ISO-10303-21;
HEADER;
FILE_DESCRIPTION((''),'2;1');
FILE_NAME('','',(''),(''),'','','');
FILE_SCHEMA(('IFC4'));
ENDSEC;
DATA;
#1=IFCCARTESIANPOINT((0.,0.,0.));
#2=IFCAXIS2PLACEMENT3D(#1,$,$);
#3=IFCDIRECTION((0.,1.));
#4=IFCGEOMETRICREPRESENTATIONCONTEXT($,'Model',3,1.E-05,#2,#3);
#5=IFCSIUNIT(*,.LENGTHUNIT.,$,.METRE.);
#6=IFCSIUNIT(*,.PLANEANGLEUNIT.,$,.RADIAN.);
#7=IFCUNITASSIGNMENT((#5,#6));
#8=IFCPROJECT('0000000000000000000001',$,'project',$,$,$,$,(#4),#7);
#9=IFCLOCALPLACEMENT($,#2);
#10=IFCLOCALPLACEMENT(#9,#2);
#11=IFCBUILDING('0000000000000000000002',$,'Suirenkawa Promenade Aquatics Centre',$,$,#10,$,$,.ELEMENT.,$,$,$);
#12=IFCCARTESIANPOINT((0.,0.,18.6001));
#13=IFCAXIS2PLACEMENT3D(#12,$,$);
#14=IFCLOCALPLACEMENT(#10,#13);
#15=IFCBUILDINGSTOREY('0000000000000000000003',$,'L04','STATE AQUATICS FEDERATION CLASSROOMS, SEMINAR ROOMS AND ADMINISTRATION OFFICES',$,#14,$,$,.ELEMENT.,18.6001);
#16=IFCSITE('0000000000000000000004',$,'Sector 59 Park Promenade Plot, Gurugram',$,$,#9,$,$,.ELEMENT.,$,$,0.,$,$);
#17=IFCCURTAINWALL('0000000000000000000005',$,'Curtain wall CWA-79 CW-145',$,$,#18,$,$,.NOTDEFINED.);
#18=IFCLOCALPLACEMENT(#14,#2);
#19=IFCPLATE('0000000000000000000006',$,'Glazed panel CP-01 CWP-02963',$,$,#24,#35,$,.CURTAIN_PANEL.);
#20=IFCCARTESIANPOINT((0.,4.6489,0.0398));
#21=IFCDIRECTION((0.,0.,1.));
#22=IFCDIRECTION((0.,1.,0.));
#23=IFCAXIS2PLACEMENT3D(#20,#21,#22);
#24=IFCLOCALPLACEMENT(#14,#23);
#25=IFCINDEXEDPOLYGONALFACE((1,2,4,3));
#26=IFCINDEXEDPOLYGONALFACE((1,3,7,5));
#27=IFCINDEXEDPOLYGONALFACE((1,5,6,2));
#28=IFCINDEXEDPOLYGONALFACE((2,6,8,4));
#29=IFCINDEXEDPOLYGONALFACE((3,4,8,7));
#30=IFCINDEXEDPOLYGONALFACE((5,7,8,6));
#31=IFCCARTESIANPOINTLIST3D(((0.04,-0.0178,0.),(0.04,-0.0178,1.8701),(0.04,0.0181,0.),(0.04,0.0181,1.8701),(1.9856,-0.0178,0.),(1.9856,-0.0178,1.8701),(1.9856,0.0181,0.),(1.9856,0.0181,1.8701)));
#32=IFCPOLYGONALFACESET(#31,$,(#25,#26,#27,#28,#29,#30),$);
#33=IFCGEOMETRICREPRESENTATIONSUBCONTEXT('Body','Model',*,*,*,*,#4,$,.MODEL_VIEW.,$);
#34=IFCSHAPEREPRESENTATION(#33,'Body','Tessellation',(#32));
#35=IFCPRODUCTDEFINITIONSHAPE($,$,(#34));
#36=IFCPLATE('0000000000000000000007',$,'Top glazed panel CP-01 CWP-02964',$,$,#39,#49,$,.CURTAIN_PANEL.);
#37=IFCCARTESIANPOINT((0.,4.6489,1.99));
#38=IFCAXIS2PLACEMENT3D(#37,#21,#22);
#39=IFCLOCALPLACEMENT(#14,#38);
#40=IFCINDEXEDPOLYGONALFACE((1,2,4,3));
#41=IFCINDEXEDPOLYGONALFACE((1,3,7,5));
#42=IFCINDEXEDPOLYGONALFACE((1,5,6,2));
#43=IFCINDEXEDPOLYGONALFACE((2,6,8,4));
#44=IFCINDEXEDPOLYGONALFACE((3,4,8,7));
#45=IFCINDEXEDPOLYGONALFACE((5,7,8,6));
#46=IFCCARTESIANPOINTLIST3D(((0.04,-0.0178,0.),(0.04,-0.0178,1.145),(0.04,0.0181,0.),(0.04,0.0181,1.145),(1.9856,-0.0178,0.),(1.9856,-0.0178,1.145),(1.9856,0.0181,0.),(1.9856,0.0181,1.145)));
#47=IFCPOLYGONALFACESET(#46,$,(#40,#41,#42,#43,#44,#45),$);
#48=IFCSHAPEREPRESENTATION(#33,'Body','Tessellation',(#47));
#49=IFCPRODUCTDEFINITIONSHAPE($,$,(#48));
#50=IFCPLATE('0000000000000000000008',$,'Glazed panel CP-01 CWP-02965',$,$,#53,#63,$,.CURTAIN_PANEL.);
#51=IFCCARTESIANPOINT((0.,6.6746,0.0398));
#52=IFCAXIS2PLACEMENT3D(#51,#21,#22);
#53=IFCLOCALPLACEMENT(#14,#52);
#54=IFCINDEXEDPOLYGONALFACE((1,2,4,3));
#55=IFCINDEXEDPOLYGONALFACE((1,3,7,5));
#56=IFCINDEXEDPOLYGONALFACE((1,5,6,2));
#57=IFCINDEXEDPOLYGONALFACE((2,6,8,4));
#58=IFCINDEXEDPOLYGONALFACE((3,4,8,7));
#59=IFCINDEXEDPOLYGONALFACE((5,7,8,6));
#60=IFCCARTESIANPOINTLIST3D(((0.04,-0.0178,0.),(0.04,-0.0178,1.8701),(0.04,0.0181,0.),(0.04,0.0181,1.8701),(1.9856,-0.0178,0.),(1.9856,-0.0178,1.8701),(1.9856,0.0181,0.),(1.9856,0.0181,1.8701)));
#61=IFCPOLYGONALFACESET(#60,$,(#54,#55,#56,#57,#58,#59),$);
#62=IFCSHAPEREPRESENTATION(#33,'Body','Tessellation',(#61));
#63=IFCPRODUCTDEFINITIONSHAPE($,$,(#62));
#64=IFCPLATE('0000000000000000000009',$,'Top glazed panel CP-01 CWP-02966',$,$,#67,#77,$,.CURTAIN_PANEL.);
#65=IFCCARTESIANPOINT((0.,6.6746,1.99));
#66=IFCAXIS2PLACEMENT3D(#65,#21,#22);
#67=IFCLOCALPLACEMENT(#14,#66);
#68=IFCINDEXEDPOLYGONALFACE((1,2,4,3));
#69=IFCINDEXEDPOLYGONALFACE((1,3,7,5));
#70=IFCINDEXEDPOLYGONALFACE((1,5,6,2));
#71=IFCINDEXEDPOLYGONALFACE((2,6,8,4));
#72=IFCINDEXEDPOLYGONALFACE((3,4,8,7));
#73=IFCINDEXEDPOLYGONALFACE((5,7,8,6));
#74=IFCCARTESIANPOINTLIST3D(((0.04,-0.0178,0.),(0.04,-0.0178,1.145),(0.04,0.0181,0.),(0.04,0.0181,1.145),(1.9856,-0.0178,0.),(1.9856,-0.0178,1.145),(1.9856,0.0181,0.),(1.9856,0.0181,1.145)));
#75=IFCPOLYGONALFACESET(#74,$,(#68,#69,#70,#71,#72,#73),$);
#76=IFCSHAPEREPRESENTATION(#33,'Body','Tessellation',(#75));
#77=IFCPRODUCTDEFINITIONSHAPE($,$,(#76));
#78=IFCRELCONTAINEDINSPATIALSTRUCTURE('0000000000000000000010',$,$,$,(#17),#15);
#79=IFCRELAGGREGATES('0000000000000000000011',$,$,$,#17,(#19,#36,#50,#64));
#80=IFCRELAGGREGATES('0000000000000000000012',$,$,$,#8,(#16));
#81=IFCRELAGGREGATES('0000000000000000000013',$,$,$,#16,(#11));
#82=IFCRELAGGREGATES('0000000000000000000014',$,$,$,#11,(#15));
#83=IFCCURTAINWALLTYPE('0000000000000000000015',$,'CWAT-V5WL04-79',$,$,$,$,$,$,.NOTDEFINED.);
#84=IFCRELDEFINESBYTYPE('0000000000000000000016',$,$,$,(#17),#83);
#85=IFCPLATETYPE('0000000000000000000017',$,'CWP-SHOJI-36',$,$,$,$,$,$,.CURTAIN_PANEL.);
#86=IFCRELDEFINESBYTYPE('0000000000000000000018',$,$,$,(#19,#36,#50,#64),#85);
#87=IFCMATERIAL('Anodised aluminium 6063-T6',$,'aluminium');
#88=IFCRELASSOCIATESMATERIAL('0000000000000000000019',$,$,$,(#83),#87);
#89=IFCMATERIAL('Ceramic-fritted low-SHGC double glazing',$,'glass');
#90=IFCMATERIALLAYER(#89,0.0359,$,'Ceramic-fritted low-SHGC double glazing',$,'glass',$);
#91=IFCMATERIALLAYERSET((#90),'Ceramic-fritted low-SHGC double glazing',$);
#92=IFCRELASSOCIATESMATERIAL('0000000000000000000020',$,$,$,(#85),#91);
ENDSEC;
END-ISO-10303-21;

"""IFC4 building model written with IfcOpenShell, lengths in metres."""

from ifc_helpers import new_model, si_unit, direction, frame, origin, place, context, subcontext, project, spatial, polyline, outline, extrude, material, layer, layer_set, type_object, element, aggregate, save


model = new_model("IFC4")

# Units and contexts
model_context = context("Model", 3, precision=1e-05, world=origin(), true_north=direction((0.0, 1.0)))
body_context = subcontext(model_context, "Body", "Model", "MODEL_VIEW")
ifc_project = project(units=[si_unit("LENGTHUNIT", "METRE"), si_unit("PLANEANGLEUNIT", "RADIAN")], contexts=[model_context])

# Site, building, storey
site_placement = place(None, origin())
site = spatial("IfcSite", under=ifc_project, at=site_placement, Name="Sector 59 Park Promenade Plot, Gurugram", CompositionType="ELEMENT", RefElevation=0.0)
building_placement = place(site_placement, origin())
building = spatial("IfcBuilding", under=site, at=building_placement, Name="Suirenkawa Promenade Aquatics Centre", CompositionType="ELEMENT")
storey_placement = place(building_placement, frame((0.0, 0.0, 18.6001)))
storey = spatial("IfcBuildingStorey", under=building, at=storey_placement, Name="L04", Description="STATE AQUATICS FEDERATION CLASSROOMS, SEMINAR ROOMS AND ADMINISTRATION OFFICES", CompositionType="ELEMENT", Elevation=18.6001)

# Curtain wall, plates
ifc_material_1 = material(Name="Anodised aluminium 6063-T6", Category="aluminium")
curtain_wall_type = type_object("IfcCurtainWallType", Name="CWAT-V5WL04-79", PredefinedType="NOTDEFINED", material=ifc_material_1)
curtain_wall_placement = place(storey_placement, origin())
curtain_wall = element("IfcCurtainWall", 1, at=curtain_wall_placement, inside=storey, type_object=curtain_wall_type, Name="Curtain wall CWA-79 CW-145", PredefinedType="NOTDEFINED")
ifc_material_2 = material(Name="Ceramic-fritted low-SHGC double glazing", Category="glass")
ifc_layer_1 = layer(ifc_material_2, 0.0359, Name="Ceramic-fritted low-SHGC double glazing", Category="glass")
ifc_layer_set_1 = layer_set([ifc_layer_1], Name="Ceramic-fritted low-SHGC double glazing")
plate_type = type_object("IfcPlateType", Name="CWP-SHOJI-36", PredefinedType="CURTAIN_PANEL", material=ifc_layer_set_1)
plate_1_placement = place(storey_placement, frame((0.0, 4.6489, 0.0398), z_axis=(0.0, 0.0, 1.0), x_axis=(0.0, 1.0, 0.0)))
plate_1 = element("IfcPlate", 2, at=plate_1_placement, type_object=plate_type, Name="Glazed panel CP-01 CWP-02963", PredefinedType="CURTAIN_PANEL", context=body_context, shape_type="SweptSolid", body=[
    extrude(outline(polyline([(0.04, 0.0), (1.9856, 0.0), (1.9856, 1.8701), (0.04, 1.8701), (0.04, 0.0)])), frame((0.0, 0.0181, 0.0), z_axis=(0.0, -1.0, 0.0), x_axis=(1.0, 0.0, 0.0)), (0.0, 0.0, 1.0), 0.0359),
])
plate_2_placement = place(storey_placement, frame((0.0, 4.6489, 1.99), z_axis=(0.0, 0.0, 1.0), x_axis=(0.0, 1.0, 0.0)))
plate_2 = element("IfcPlate", 3, at=plate_2_placement, type_object=plate_type, Name="Top glazed panel CP-01 CWP-02964", PredefinedType="CURTAIN_PANEL", context=body_context, shape_type="SweptSolid", body=[
    extrude(outline(polyline([(0.04, 0.0), (1.9856, 0.0), (1.9856, 1.145), (0.04, 1.145), (0.04, 0.0)])), frame((0.0, 0.0181, 0.0), z_axis=(0.0, -1.0, 0.0), x_axis=(1.0, 0.0, 0.0)), (0.0, 0.0, 1.0), 0.0359),
])
plate_3_placement = place(storey_placement, frame((0.0, 6.6746, 0.0398), z_axis=(0.0, 0.0, 1.0), x_axis=(0.0, 1.0, 0.0)))
plate_3 = element("IfcPlate", 4, at=plate_3_placement, type_object=plate_type, Name="Glazed panel CP-01 CWP-02965", PredefinedType="CURTAIN_PANEL", context=body_context, shape_type="SweptSolid", body=[
    extrude(outline(polyline([(0.04, 0.0), (1.9856, 0.0), (1.9856, 1.8701), (0.04, 1.8701), (0.04, 0.0)])), frame((0.0, 0.0181, 0.0), z_axis=(0.0, -1.0, 0.0), x_axis=(1.0, 0.0, 0.0)), (0.0, 0.0, 1.0), 0.0359),
])
plate_4_placement = place(storey_placement, frame((0.0, 6.6746, 1.99), z_axis=(0.0, 0.0, 1.0), x_axis=(0.0, 1.0, 0.0)))
plate_4 = element("IfcPlate", 5, at=plate_4_placement, type_object=plate_type, Name="Top glazed panel CP-01 CWP-02966", PredefinedType="CURTAIN_PANEL", context=body_context, shape_type="SweptSolid", body=[
    extrude(outline(polyline([(0.04, 0.0), (1.9856, 0.0), (1.9856, 1.145), (0.04, 1.145), (0.04, 0.0)])), frame((0.0, 0.0181, 0.0), z_axis=(0.0, -1.0, 0.0), x_axis=(1.0, 0.0, 0.0)), (0.0, 0.0, 1.0), 0.0359),
])
aggregate(curtain_wall, [plate_1, plate_2, plate_3, plate_4])

save(model, "model.ifc")
